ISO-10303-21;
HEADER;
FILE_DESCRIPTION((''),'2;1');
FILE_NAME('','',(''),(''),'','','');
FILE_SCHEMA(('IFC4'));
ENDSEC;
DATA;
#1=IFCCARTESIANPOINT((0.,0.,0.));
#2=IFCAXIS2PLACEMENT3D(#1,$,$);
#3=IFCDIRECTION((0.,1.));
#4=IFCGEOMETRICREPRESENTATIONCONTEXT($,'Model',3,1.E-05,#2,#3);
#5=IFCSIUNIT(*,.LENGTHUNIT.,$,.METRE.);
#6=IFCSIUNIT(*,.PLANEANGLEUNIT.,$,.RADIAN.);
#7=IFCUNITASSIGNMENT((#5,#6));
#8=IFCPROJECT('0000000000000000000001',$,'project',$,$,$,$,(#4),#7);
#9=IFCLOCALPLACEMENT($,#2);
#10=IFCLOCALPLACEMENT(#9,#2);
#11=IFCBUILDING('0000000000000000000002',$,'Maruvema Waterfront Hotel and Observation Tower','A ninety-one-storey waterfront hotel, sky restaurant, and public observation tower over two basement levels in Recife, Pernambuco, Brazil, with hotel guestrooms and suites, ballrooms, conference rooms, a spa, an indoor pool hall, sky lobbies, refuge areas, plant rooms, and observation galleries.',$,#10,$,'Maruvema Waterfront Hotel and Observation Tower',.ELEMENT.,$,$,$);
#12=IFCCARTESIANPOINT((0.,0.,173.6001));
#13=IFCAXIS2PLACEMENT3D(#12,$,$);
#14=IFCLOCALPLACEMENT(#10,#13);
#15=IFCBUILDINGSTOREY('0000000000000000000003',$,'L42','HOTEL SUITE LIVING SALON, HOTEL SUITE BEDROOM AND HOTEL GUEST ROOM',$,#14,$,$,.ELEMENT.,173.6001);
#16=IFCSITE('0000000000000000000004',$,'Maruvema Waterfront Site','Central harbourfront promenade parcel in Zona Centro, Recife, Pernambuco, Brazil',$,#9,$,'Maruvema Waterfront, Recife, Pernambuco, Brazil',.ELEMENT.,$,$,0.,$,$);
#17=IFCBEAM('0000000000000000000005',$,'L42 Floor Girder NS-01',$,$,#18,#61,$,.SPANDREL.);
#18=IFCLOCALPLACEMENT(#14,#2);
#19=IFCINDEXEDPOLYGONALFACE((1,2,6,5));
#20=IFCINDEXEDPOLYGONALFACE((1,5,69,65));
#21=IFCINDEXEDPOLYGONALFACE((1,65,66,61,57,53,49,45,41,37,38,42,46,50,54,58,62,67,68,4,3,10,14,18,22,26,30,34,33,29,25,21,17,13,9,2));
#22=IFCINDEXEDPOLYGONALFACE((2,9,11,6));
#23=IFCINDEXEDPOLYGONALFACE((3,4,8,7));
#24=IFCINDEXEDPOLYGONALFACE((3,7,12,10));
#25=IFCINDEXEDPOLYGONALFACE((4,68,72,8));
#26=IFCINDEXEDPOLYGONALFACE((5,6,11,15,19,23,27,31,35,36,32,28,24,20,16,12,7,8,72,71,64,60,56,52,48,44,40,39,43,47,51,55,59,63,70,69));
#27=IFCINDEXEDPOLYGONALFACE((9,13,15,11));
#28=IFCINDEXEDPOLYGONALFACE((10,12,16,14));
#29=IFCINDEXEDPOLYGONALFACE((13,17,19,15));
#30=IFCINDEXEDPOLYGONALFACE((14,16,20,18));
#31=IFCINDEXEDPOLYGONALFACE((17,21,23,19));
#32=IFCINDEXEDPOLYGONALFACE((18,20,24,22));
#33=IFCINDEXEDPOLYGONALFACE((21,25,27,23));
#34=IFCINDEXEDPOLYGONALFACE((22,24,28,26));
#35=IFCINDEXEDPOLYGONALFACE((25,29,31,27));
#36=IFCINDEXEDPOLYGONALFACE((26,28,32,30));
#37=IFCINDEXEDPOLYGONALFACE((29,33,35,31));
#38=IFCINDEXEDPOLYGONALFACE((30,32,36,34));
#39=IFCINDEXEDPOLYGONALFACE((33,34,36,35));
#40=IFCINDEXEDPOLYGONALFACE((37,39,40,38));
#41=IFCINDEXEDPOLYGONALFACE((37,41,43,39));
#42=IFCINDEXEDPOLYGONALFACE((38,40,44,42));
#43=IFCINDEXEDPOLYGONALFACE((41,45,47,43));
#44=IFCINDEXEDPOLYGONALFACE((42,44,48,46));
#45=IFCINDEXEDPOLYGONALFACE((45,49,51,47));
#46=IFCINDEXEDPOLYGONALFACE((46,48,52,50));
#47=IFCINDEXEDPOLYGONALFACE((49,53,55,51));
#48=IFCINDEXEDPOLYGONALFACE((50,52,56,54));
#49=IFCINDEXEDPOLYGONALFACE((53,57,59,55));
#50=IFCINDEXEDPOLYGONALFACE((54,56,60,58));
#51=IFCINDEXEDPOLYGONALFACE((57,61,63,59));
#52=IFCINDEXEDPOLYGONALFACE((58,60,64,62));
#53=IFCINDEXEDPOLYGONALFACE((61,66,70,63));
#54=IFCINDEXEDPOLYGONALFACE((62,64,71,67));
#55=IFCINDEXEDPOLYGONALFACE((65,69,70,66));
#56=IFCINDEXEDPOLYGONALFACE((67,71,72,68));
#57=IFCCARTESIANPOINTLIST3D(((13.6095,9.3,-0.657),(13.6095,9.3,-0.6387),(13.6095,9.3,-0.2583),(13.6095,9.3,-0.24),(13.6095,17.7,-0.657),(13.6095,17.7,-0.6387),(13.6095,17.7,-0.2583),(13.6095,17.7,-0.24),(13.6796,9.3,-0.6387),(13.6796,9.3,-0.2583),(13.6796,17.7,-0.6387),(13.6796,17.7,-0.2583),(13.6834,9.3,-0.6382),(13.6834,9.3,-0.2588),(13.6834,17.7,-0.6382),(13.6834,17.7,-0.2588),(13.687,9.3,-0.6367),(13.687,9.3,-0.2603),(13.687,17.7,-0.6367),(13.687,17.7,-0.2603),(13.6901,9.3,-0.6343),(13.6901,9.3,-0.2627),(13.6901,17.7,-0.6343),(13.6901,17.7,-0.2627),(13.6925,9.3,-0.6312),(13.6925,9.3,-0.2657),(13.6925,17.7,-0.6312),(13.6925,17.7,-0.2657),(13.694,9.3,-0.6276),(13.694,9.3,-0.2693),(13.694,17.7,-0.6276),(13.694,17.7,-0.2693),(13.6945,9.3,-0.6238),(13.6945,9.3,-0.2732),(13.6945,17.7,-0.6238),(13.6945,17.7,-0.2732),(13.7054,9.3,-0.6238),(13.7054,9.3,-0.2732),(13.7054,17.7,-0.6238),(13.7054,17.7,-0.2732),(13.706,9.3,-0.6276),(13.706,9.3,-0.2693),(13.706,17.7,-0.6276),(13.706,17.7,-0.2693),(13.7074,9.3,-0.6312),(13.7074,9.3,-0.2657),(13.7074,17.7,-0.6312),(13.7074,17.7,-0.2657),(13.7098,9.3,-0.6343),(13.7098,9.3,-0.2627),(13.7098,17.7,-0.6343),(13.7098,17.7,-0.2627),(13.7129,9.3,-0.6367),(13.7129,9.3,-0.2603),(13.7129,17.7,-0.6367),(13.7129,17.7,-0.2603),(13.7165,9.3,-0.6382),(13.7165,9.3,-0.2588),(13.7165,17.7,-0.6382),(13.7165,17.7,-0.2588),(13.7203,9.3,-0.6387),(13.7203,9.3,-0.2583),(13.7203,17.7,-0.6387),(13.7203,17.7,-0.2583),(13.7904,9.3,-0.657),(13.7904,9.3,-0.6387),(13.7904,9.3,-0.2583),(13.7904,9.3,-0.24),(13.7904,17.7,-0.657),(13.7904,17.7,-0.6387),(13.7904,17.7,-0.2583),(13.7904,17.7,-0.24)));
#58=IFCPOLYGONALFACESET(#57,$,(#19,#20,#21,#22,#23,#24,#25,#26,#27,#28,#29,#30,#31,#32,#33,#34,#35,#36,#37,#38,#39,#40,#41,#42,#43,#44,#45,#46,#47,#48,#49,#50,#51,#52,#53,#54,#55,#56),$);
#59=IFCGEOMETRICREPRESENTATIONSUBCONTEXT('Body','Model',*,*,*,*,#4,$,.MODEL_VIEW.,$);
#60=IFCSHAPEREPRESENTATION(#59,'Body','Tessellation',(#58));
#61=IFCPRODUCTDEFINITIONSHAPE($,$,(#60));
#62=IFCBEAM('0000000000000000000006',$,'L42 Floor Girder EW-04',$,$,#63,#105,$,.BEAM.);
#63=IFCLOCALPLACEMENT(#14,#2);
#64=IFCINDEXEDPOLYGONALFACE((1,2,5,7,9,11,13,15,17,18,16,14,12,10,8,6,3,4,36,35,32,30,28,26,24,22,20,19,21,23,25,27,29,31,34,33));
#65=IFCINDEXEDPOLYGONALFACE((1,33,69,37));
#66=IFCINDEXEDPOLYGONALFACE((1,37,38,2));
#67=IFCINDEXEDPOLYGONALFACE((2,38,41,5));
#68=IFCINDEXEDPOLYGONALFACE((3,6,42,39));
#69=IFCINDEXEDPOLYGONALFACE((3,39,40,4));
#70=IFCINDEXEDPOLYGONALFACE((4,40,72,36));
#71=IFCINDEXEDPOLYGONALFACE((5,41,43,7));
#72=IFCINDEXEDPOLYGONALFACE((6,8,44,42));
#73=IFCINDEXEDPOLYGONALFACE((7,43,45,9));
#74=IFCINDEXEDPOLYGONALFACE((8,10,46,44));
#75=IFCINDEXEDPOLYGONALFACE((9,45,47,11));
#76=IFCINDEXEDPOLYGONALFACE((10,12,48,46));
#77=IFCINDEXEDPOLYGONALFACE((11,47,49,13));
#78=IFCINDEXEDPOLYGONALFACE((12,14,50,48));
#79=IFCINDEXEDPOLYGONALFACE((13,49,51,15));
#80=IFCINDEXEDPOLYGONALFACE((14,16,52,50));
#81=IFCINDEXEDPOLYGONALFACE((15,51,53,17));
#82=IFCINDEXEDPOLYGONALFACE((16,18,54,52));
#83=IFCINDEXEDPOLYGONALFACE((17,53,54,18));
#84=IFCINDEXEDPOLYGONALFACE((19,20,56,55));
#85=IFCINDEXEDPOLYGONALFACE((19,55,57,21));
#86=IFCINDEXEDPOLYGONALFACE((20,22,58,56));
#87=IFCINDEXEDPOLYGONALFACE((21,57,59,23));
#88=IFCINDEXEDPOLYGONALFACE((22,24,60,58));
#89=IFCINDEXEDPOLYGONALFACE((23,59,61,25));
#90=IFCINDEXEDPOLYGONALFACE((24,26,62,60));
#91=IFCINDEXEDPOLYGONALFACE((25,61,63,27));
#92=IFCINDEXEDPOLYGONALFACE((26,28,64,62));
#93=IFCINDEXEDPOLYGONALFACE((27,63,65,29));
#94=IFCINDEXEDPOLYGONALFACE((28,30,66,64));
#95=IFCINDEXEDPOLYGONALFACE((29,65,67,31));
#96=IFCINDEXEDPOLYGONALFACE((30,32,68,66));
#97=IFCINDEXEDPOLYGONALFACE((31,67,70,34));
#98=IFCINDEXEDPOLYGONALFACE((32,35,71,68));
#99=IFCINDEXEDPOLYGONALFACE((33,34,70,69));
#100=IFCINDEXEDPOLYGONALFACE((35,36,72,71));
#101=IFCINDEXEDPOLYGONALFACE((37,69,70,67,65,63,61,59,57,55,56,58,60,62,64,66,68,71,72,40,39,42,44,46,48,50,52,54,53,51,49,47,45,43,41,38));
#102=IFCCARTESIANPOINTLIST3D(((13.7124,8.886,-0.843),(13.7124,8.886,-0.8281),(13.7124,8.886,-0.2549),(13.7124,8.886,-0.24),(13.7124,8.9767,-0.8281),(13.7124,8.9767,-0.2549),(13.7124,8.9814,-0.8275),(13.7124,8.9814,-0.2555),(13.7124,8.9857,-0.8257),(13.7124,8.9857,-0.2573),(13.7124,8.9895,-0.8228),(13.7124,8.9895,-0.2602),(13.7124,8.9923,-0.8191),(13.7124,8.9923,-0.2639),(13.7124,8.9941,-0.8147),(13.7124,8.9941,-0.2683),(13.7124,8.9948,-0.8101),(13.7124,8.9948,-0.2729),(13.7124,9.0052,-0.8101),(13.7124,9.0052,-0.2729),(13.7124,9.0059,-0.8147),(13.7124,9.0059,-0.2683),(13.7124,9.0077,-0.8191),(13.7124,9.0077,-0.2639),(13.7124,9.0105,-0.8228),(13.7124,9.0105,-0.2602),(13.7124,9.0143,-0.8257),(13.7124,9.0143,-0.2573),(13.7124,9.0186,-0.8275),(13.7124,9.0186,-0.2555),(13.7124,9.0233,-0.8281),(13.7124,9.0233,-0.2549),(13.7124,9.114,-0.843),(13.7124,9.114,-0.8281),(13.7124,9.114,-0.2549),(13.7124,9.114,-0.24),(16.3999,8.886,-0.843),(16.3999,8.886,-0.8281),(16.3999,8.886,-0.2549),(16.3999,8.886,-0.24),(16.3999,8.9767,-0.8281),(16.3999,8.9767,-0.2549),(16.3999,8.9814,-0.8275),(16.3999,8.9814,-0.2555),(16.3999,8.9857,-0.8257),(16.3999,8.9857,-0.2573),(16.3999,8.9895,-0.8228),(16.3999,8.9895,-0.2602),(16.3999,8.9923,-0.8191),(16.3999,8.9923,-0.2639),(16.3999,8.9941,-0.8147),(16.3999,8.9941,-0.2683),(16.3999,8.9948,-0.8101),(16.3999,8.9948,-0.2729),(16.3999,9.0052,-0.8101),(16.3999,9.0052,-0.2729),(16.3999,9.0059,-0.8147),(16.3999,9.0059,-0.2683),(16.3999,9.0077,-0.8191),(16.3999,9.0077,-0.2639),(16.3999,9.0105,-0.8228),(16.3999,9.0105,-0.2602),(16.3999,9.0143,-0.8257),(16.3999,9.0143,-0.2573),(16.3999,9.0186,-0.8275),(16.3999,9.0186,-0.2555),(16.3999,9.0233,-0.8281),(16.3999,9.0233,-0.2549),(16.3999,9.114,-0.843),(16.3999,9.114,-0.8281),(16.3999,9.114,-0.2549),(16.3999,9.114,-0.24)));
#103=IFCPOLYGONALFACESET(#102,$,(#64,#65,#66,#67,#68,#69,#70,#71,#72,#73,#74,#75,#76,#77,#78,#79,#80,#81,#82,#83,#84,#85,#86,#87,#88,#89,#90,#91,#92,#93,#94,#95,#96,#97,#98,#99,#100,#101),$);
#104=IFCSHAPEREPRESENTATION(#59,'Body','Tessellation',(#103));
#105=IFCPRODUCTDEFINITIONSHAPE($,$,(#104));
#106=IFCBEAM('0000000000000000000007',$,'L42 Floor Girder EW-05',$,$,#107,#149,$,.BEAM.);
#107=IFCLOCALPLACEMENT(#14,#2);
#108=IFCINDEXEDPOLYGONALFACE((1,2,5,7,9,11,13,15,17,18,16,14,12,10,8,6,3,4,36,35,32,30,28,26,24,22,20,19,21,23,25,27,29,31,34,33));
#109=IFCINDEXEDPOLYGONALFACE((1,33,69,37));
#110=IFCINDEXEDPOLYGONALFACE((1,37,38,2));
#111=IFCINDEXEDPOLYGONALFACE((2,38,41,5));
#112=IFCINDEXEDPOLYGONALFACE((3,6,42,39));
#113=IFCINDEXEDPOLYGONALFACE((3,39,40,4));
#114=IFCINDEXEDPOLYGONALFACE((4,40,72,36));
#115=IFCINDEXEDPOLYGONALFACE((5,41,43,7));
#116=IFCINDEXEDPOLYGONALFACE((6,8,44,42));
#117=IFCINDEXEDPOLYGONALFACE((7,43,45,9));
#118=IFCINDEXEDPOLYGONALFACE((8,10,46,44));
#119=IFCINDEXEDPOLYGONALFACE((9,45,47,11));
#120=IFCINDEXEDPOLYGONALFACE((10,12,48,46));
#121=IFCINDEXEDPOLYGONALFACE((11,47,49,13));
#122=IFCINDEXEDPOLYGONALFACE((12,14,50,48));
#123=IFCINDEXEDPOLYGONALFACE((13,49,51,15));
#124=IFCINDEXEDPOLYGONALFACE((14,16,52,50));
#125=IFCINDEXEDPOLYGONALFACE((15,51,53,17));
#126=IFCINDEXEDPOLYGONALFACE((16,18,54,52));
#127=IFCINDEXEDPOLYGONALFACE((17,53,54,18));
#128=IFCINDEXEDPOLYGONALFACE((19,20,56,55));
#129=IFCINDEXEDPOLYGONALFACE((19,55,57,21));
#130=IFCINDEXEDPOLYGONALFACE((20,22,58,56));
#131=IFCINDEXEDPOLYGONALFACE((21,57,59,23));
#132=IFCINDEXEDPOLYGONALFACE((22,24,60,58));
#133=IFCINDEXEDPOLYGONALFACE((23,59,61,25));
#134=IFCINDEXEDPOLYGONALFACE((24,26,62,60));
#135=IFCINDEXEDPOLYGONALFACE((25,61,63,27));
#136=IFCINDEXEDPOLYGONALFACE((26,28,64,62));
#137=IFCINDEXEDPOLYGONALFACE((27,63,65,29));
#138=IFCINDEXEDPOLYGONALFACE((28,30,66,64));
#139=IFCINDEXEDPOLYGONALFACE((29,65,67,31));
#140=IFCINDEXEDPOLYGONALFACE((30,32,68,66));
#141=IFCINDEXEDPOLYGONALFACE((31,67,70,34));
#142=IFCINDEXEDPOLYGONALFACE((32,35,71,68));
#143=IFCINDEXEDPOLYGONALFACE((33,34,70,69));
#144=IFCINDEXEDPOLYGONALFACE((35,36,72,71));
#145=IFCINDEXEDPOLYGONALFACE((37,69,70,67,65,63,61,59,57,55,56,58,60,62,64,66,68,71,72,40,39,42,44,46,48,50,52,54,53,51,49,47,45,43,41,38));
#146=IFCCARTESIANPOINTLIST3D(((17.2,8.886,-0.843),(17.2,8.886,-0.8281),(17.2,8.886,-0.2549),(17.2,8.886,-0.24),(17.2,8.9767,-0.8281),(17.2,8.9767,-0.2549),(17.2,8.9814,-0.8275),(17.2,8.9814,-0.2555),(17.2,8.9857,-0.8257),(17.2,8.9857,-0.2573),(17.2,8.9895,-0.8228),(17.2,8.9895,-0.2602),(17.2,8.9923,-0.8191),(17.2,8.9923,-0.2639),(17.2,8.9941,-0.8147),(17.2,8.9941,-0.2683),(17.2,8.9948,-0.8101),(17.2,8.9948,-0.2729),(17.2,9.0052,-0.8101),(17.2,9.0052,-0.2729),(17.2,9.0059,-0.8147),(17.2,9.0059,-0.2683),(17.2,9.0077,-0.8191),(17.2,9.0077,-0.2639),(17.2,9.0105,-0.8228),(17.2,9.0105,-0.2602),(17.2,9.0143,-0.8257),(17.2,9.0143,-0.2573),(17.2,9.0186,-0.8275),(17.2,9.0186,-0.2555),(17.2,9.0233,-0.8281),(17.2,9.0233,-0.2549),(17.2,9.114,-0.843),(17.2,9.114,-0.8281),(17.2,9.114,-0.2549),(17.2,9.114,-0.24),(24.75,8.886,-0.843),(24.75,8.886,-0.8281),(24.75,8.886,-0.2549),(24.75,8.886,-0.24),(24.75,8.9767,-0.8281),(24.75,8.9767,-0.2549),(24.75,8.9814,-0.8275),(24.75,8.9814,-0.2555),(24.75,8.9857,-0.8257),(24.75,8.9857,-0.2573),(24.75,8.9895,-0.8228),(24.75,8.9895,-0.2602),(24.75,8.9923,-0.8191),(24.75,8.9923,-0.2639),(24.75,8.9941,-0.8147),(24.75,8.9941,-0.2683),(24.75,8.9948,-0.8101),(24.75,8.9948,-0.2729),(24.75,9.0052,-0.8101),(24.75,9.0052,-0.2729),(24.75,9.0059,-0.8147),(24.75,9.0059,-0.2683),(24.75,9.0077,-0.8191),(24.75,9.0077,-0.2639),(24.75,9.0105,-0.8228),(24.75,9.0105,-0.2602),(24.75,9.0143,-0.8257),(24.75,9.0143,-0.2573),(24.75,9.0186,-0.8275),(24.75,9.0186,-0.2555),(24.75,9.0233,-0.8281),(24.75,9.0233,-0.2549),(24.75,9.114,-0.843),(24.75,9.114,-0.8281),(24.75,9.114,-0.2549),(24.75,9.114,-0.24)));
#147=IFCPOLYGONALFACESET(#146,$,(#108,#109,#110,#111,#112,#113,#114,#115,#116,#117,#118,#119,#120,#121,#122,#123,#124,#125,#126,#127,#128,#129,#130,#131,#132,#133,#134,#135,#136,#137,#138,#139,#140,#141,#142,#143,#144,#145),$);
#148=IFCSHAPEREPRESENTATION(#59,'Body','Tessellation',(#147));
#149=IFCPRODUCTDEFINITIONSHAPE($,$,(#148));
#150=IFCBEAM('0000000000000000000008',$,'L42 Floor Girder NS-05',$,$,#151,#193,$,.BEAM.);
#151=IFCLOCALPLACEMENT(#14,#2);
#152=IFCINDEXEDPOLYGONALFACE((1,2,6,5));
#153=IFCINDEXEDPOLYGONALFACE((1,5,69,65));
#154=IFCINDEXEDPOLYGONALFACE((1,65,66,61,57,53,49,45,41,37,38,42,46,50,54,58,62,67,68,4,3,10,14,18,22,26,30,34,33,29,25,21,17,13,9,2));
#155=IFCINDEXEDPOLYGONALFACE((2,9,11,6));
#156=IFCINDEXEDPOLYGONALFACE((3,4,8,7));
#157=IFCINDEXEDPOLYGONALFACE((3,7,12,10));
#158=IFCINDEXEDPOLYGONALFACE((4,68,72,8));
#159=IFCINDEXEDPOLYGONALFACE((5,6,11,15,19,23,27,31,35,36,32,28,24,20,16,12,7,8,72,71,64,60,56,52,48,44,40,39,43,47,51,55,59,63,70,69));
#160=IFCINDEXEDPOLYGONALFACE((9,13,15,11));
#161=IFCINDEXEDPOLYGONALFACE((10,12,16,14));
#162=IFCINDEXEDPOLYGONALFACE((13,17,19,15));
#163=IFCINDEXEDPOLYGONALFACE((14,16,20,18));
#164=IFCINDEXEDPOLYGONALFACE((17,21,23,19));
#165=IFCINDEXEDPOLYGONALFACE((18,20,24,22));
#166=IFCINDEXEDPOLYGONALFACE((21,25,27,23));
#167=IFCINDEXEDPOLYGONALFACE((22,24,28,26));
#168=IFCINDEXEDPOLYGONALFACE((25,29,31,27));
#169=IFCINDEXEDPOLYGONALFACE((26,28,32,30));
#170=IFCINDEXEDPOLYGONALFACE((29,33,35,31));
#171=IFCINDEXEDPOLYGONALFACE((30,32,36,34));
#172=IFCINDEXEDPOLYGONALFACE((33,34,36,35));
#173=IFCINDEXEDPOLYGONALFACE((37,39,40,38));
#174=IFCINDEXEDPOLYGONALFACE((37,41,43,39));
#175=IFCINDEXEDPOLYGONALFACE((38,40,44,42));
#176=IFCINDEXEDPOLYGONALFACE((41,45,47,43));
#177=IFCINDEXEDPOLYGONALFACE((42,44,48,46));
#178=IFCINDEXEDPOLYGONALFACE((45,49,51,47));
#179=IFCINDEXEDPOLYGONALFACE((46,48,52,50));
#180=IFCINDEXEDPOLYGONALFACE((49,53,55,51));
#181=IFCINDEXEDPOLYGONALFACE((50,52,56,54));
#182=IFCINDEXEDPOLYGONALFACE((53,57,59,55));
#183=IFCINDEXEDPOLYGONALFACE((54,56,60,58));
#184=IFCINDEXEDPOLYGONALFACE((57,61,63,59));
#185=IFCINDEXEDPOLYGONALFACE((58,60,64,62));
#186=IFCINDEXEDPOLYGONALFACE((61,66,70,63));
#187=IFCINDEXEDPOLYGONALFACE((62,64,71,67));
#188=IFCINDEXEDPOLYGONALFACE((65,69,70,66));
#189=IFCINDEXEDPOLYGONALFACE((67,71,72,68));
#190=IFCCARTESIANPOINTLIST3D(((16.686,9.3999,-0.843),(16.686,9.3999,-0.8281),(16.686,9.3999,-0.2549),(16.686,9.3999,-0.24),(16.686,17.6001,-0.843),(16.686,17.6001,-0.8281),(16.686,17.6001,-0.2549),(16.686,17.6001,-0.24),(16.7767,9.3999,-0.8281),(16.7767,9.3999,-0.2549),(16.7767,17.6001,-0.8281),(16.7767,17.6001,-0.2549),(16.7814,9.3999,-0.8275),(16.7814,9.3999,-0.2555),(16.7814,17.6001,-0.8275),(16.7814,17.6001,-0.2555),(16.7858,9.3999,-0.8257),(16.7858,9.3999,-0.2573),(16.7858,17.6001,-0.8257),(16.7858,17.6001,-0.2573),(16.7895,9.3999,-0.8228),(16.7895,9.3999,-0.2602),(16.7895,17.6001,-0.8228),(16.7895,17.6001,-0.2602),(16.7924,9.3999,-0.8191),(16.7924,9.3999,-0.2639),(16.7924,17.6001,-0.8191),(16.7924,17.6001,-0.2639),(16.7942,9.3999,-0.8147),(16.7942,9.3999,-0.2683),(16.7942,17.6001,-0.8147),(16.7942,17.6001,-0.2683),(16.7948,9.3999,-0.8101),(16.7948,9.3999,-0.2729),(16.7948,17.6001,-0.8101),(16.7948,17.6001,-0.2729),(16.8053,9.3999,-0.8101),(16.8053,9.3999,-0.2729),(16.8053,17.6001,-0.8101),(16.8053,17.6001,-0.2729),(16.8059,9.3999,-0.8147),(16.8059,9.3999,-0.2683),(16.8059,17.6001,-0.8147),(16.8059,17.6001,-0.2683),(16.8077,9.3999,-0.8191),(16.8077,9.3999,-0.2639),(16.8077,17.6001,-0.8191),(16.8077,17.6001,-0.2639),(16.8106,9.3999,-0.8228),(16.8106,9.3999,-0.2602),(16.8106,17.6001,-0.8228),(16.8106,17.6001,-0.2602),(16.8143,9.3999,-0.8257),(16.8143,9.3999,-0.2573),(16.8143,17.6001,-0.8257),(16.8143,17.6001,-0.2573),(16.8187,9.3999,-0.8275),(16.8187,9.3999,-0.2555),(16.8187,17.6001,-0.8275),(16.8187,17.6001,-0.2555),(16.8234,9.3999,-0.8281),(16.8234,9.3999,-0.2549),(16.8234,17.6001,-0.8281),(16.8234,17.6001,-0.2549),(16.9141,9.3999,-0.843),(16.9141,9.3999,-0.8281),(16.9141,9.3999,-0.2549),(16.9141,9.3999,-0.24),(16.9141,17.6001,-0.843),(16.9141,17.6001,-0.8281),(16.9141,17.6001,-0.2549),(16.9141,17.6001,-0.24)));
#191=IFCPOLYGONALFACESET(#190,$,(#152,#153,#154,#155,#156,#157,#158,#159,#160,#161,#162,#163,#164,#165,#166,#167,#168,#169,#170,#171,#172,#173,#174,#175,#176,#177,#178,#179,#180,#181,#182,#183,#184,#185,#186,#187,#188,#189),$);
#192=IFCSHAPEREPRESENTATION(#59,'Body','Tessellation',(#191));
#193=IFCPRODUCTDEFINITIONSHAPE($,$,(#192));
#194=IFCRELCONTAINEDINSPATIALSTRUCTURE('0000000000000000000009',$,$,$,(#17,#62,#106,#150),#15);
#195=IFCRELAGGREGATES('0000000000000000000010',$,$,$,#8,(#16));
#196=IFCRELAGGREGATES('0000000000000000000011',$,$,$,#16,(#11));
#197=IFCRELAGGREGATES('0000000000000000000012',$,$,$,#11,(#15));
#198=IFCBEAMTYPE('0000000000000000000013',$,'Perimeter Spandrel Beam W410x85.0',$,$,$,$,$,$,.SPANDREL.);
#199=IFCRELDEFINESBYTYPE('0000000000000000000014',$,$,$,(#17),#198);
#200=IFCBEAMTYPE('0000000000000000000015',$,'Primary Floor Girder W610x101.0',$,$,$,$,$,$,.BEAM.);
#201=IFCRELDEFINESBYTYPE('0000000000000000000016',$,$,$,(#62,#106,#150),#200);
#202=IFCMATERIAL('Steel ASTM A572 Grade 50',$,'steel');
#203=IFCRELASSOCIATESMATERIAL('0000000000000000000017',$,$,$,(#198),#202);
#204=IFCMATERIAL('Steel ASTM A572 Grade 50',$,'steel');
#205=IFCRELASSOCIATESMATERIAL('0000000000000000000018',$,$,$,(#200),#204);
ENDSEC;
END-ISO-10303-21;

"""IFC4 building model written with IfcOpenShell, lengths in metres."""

from ifc_helpers import new_model, si_unit, direction, frame, origin, origin_2d, place, context, subcontext, project, spatial, i_section, extrude, material, material_profile, profile_set, type_object, element, save


model = new_model("IFC4")

# Units and contexts
model_context = context("Model", 3, precision=1e-05, world=origin(), true_north=direction((0.0, 1.0)))
body_context = subcontext(model_context, "Body", "Model", "MODEL_VIEW")
ifc_project = project(units=[si_unit("LENGTHUNIT", "METRE"), si_unit("PLANEANGLEUNIT", "RADIAN")], contexts=[model_context])

# Site, building, storey
site_placement = place(None, origin())
site = spatial("IfcSite", under=ifc_project, at=site_placement, Name="Maruvema Waterfront Site", Description="Central harbourfront promenade parcel in Zona Centro, Recife, Pernambuco, Brazil", LongName="Maruvema Waterfront, Recife, Pernambuco, Brazil", CompositionType="ELEMENT", RefElevation=0.0)
building_placement = place(site_placement, origin())
building = spatial("IfcBuilding", under=site, at=building_placement, Name="Maruvema Waterfront Hotel and Observation Tower", Description="A ninety-one-storey waterfront hotel, sky restaurant, and public observation tower over two basement levels in Recife, Pernambuco, Brazil, with hotel guestrooms and suites, ballrooms, conference rooms, a spa, an indoor pool hall, sky lobbies, refuge areas, plant rooms, and observation galleries.", LongName="Maruvema Waterfront Hotel and Observation Tower", CompositionType="ELEMENT")
storey_placement = place(building_placement, frame((0.0, 0.0, 173.6001)))
storey = spatial("IfcBuildingStorey", under=building, at=storey_placement, Name="L42", Description="HOTEL SUITE LIVING SALON, HOTEL SUITE BEDROOM AND HOTEL GUEST ROOM", CompositionType="ELEMENT", Elevation=173.6001)

# Beams
ifc_material_1 = material(Name="Steel ASTM A572 Grade 50", Category="steel")
ifc_material_profile_1 = material_profile(ifc_material_1, i_section(OverallWidth=0.1809, OverallDepth=0.417, WebThickness=0.011, FlangeThickness=0.0183, FilletRadius=0.0149, at=origin_2d()), Name="W410x85.0")
ifc_profile_set_1 = profile_set([ifc_material_profile_1], Name="Steel ASTM A572 Grade 50")
beam_type_1 = type_object("IfcBeamType", Name="Perimeter Spandrel Beam W410x85.0", PredefinedType="SPANDREL", material=ifc_profile_set_1)
beam_1_placement = place(storey_placement, frame((13.7, 9.3, -0.4485), z_axis=(0.0, 1.0, 0.0), x_axis=(-1.0, 0.0, 0.0)))
element("IfcBeam", 1, at=beam_1_placement, inside=storey, type_object=beam_type_1, Name="L42 Floor Girder NS-01", PredefinedType="SPANDREL", context=body_context, shape_type="SweptSolid", body=[
    extrude(i_section(OverallWidth=0.1809, OverallDepth=0.417, WebThickness=0.011, FlangeThickness=0.0183, FilletRadius=0.0149, at=origin_2d()), origin(), (0.0, 0.0, 1.0), 8.3999),
])
ifc_material_2 = material(Name="Steel ASTM A572 Grade 50", Category="steel")
ifc_material_profile_2 = material_profile(ifc_material_2, i_section(OverallWidth=0.228, OverallDepth=0.603, WebThickness=0.0105, FlangeThickness=0.0149, FilletRadius=0.0181, at=origin_2d()), Name="W610x101.0")
ifc_profile_set_2 = profile_set([ifc_material_profile_2], Name="Steel ASTM A572 Grade 50")
beam_type_2 = type_object("IfcBeamType", Name="Primary Floor Girder W610x101.0", PredefinedType="BEAM", material=ifc_profile_set_2)
beam_2_placement = place(storey_placement, frame((13.7124, 9.0, -0.5415), z_axis=(1.0, 0.0, 0.0), x_axis=(0.0, 1.0, 0.0)))
element("IfcBeam", 2, at=beam_2_placement, inside=storey, type_object=beam_type_2, Name="L42 Floor Girder EW-04", PredefinedType="BEAM", context=body_context, shape_type="SweptSolid", body=[
    extrude(i_section(OverallWidth=0.228, OverallDepth=0.603, WebThickness=0.0105, FlangeThickness=0.0149, FilletRadius=0.0181, at=origin_2d()), origin(), (0.0, 0.0, 1.0), 2.6875),
])
beam_3_placement = place(storey_placement, frame((17.2, 9.0, -0.5415), z_axis=(1.0, 0.0, 0.0), x_axis=(0.0, 1.0, 0.0)))
element("IfcBeam", 3, at=beam_3_placement, inside=storey, type_object=beam_type_2, Name="L42 Floor Girder EW-05", PredefinedType="BEAM", context=body_context, shape_type="SweptSolid", body=[
    extrude(i_section(OverallWidth=0.228, OverallDepth=0.603, WebThickness=0.0105, FlangeThickness=0.0149, FilletRadius=0.0181, at=origin_2d()), origin(), (0.0, 0.0, 1.0), 7.55),
])
beam_4_placement = place(storey_placement, frame((16.8, 9.3999, -0.5415), z_axis=(0.0, 1.0, 0.0), x_axis=(-1.0, 0.0, 0.0)))
element("IfcBeam", 4, at=beam_4_placement, inside=storey, type_object=beam_type_2, Name="L42 Floor Girder NS-05", PredefinedType="BEAM", context=body_context, shape_type="SweptSolid", body=[
    extrude(i_section(OverallWidth=0.228, OverallDepth=0.603, WebThickness=0.0105, FlangeThickness=0.0149, FilletRadius=0.0181, at=origin_2d()), origin(), (0.0, 0.0, 1.0), 8.2002),
])

save(model, "model.ifc")
